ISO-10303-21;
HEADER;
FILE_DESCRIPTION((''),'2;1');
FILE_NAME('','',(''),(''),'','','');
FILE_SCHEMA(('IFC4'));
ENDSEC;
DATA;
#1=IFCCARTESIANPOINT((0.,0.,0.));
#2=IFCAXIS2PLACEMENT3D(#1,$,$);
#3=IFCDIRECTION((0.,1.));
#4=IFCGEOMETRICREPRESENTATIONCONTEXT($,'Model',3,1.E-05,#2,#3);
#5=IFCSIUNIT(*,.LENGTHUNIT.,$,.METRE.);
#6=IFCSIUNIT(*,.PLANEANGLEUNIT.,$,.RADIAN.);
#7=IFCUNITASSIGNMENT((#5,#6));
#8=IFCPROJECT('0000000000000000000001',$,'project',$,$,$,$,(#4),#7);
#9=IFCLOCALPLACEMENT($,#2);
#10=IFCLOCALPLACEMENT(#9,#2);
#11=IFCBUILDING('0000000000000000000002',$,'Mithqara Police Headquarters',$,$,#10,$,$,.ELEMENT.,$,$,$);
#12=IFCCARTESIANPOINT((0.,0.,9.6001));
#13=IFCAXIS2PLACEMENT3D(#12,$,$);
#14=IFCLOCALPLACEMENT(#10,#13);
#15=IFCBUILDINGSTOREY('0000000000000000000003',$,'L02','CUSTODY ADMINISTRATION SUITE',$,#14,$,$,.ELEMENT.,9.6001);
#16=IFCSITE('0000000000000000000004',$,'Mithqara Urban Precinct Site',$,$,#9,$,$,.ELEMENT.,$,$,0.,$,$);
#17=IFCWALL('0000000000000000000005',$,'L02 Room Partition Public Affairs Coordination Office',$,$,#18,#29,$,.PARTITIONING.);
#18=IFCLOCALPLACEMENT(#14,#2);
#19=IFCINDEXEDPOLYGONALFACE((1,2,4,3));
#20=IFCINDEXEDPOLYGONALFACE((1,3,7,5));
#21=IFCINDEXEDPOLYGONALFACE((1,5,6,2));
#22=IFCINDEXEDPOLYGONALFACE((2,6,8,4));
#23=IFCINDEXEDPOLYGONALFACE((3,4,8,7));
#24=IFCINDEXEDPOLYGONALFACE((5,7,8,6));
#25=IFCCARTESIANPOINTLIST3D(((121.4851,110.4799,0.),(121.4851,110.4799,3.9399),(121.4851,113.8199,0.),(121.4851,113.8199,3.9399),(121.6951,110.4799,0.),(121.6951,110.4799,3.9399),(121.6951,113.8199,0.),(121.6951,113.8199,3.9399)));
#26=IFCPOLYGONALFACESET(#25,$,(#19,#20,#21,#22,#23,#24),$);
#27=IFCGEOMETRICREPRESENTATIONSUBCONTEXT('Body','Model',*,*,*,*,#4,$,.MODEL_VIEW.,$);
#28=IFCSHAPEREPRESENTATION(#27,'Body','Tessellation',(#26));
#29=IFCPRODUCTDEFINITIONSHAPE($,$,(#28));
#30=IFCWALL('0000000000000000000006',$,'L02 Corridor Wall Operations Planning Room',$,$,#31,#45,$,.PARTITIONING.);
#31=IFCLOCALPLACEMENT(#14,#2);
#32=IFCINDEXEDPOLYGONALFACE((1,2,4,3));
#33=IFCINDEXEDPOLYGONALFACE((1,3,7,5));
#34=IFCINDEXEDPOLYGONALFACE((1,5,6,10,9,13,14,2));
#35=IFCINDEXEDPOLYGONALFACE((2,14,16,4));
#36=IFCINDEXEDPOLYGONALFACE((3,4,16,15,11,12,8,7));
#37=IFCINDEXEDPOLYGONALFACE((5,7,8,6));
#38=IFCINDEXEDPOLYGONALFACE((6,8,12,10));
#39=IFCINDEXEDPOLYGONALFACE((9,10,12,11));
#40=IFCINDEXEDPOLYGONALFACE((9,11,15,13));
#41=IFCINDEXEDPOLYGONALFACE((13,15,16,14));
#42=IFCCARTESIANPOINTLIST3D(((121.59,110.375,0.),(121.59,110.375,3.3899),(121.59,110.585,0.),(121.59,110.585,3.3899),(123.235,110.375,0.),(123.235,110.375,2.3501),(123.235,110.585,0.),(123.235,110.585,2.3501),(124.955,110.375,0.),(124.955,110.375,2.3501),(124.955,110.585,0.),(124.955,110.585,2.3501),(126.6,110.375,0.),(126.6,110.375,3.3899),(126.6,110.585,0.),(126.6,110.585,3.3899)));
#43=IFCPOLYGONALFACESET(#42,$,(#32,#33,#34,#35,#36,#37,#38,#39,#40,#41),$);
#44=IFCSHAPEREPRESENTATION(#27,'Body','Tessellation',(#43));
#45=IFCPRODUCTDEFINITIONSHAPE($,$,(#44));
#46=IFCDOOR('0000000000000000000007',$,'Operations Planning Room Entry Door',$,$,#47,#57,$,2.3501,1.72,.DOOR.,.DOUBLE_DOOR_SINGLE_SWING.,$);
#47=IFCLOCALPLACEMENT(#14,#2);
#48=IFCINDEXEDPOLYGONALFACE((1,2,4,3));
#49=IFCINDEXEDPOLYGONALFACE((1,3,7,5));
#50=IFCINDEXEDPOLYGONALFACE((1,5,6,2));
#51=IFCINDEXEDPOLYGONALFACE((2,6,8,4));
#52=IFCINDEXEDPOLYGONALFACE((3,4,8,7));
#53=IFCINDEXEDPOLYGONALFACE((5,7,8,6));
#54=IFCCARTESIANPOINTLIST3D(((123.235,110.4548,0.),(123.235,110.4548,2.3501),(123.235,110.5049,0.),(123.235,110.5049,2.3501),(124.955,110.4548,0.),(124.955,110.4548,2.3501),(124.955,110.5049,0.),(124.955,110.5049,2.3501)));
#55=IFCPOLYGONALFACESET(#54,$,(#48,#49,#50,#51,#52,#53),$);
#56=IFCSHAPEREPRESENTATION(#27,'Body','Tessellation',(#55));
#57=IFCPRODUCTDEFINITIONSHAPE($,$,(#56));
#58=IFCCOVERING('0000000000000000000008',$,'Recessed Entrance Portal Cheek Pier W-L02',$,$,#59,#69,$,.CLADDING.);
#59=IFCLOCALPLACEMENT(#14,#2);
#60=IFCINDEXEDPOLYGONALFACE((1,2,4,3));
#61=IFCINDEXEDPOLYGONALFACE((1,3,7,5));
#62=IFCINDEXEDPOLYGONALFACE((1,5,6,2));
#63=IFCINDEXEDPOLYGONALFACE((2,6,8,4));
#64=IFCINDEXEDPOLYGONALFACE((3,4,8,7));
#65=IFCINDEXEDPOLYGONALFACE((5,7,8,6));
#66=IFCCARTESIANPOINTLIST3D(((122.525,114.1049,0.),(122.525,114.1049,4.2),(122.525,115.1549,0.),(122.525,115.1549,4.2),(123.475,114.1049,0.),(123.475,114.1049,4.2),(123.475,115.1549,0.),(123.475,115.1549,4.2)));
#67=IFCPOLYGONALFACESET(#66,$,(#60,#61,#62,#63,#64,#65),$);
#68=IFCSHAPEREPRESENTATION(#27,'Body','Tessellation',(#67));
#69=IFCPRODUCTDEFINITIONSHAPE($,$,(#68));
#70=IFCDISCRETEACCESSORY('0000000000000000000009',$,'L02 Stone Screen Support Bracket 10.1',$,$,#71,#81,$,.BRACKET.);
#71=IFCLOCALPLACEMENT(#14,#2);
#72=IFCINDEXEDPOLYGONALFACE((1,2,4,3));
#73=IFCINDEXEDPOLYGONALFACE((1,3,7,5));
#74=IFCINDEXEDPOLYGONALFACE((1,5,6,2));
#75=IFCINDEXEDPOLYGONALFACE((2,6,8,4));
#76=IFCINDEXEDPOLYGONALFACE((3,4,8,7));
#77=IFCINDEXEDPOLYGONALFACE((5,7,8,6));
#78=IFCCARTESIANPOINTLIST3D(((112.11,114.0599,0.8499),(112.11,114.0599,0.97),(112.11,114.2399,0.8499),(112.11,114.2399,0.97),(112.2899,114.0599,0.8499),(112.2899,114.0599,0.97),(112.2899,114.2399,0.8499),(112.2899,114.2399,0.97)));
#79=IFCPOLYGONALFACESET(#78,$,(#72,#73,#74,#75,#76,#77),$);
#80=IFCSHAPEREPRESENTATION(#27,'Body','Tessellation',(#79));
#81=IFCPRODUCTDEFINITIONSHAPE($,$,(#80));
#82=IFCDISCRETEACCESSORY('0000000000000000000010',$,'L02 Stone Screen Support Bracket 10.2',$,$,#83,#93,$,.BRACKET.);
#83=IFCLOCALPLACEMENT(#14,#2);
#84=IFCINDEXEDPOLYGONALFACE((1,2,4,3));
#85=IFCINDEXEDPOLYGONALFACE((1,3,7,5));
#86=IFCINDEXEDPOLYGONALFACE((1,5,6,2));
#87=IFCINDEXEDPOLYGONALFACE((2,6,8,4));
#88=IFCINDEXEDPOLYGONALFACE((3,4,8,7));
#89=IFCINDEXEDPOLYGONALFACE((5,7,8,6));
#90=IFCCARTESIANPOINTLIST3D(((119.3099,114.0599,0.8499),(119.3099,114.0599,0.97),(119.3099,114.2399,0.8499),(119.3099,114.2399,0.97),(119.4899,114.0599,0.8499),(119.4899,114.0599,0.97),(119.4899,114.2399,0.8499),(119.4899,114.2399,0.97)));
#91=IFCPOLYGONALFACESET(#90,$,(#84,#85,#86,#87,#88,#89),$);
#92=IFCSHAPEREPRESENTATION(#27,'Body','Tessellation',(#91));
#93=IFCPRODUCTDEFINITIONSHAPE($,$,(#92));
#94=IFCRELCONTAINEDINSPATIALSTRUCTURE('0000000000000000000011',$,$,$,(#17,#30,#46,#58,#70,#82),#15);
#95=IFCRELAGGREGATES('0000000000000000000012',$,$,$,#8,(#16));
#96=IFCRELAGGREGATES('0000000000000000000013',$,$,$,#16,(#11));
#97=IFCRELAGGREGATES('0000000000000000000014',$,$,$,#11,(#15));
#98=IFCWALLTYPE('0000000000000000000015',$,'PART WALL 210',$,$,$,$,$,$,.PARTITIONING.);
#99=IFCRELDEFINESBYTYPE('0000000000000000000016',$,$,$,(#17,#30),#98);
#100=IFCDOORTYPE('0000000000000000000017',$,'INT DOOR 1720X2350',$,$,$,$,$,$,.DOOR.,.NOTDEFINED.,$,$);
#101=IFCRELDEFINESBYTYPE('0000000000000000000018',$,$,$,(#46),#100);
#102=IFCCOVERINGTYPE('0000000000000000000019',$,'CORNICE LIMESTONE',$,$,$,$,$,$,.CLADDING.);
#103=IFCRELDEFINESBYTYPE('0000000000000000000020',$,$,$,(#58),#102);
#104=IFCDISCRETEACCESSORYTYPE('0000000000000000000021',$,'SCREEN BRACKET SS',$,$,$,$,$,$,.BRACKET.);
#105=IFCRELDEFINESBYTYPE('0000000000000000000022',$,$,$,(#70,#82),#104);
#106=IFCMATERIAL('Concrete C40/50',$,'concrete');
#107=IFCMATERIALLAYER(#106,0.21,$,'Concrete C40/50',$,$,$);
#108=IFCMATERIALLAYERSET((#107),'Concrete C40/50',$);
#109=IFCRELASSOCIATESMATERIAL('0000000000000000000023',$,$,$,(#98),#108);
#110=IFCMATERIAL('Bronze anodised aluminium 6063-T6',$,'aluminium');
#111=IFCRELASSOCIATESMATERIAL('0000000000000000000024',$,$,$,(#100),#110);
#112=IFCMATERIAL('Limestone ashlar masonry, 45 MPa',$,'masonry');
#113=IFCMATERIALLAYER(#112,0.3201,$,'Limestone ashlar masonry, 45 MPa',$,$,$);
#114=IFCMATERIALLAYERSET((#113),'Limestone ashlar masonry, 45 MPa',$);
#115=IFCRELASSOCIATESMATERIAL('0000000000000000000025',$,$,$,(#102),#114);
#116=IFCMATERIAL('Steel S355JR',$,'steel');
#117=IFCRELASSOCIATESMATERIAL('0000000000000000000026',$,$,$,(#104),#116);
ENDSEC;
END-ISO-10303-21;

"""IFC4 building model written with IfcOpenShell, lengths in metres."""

from ifc_helpers import new_model, si_unit, direction, frame, frame_2d, origin, origin_2d, place, context, subcontext, project, spatial, rectangle, extrude, material, layer, layer_set, type_object, element, fill, save


model = new_model("IFC4")

# Units and contexts
model_context = context("Model", 3, precision=1e-05, world=origin(), true_north=direction((0.0, 1.0)))
body_context = subcontext(model_context, "Body", "Model", "MODEL_VIEW")
ifc_project = project(units=[si_unit("LENGTHUNIT", "METRE"), si_unit("PLANEANGLEUNIT", "RADIAN")], contexts=[model_context])

# Site, building, storey
site_placement = place(None, origin())
site = spatial("IfcSite", under=ifc_project, at=site_placement, Name="Mithqara Urban Precinct Site", CompositionType="ELEMENT", RefElevation=0.0)
building_placement = place(site_placement, origin())
building = spatial("IfcBuilding", under=site, at=building_placement, Name="Mithqara Police Headquarters", CompositionType="ELEMENT")
storey_placement = place(building_placement, frame((0.0, 0.0, 9.6001)))
storey = spatial("IfcBuildingStorey", under=building, at=storey_placement, Name="L02", Description="CUSTODY ADMINISTRATION SUITE", CompositionType="ELEMENT", Elevation=9.6001)

# Shared definitions
ifc_material_1 = material(Name="Steel S355JR", Category="steel")
ifc_material_2 = material(Name="Concrete C40/50", Category="concrete")

# Shared definitions
ifc_material_3 = material(Name="Limestone ashlar masonry, 45 MPa", Category="masonry")

# Shared definitions
ifc_layer_1 = layer(ifc_material_2, 0.21, Name="Concrete C40/50")
ifc_layer_set_1 = layer_set([ifc_layer_1], Name="Concrete C40/50")
wall_type = type_object("IfcWallType", Name="PART WALL 210", PredefinedType="PARTITIONING", material=ifc_layer_set_1)

# Shared definitions
ifc_material_4 = material(Name="Bronze anodised aluminium 6063-T6", Category="aluminium")

# Wall
wall_1_placement = place(storey_placement, frame((121.5901, 110.48, 0.0), z_axis=(0.0, 0.0, 1.0), x_axis=(0.0, 1.0, 0.0)))
element("IfcWall", 1, at=wall_1_placement, inside=storey, type_object=wall_type, Name="L02 Room Partition Public Affairs Coordination Office", PredefinedType="PARTITIONING", context=body_context, shape_type="SweptSolid", body=[
    extrude(rectangle(XDim=3.3401, YDim=0.21, at=frame_2d((1.6699, 0.0))), origin(), (0.0, 0.0, 1.0), 3.9399),
])

# Wall, opening, door
wall_2_placement = place(storey_placement, frame((121.5901, 110.48, 0.0), z_axis=(0.0, 0.0, 1.0), x_axis=(1.0, 0.0, 0.0)))
wall_2 = element("IfcWall", 2, at=wall_2_placement, inside=storey, type_object=wall_type, Name="L02 Corridor Wall Operations Planning Room", PredefinedType="PARTITIONING", context=body_context, shape_type="SweptSolid", body=[
    extrude(rectangle(XDim=5.01, YDim=0.21, at=frame_2d((2.5049, 0.0))), origin(), (0.0, 0.0, 1.0), 3.3899),
])
opening_1_placement = place(wall_2_placement, frame((1.645, 0.0, 0.0)))
opening_1 = element("IfcOpeningElement", 3, at=opening_1_placement, cuts=wall_2, PredefinedType="OPENING", context=body_context, shape_type="SweptSolid", body=[
    extrude(rectangle(XDim=1.72, YDim=2.3501, at=frame_2d((0.8599, 1.175))), frame((0.0, 0.115, 0.0), z_axis=(0.0, -1.0, 0.0), x_axis=(1.0, 0.0, 0.0)), (0.0, 0.0, 1.0), 0.23),
])
door_type_1 = type_object("IfcDoorType", Name="INT DOOR 1720X2350", OperationType="NOTDEFINED", PredefinedType="DOOR", material=ifc_material_4)
door_1_placement = place(opening_1_placement, origin())
door_1 = element("IfcDoor", 4, at=door_1_placement, inside=storey, type_object=door_type_1, Name="Operations Planning Room Entry Door", OperationType="DOUBLE_DOOR_SINGLE_SWING", OverallHeight=2.3501, OverallWidth=1.72, PredefinedType="DOOR", context=body_context, shape_type="SweptSolid", body=[
    extrude(rectangle(XDim=1.72, YDim=2.3501, at=frame_2d((0.8599, 1.175))), frame((0.0, 0.0249, 0.0), z_axis=(0.0, -1.0, 0.0), x_axis=(1.0, 0.0, 0.0)), (0.0, 0.0, 1.0), 0.05),
])
fill(opening_1, door_1)

# Covering
ifc_layer_2 = layer(ifc_material_3, 0.3201, Name="Limestone ashlar masonry, 45 MPa")
ifc_layer_set_2 = layer_set([ifc_layer_2], Name="Limestone ashlar masonry, 45 MPa")
covering_type = type_object("IfcCoveringType", Name="CORNICE LIMESTONE", PredefinedType="CLADDING", material=ifc_layer_set_2)
covering_placement = place(storey_placement, frame((123.0, 114.6299, 0.0), z_axis=(0.0, 0.0, 1.0), x_axis=(1.0, 0.0, 0.0)))
element("IfcCovering", 5, at=covering_placement, inside=storey, type_object=covering_type, Name="Recessed Entrance Portal Cheek Pier W-L02", PredefinedType="CLADDING", context=body_context, shape_type="SweptSolid", body=[
    extrude(rectangle(XDim=0.95, YDim=1.05, at=origin_2d()), origin(), (0.0, 0.0, 1.0), 4.2),
])

# Discrete accessories
discrete_accessory_type = type_object("IfcDiscreteAccessoryType", Name="SCREEN BRACKET SS", PredefinedType="BRACKET", material=ifc_material_1)
for number, where, z_axis, x_axis, name in (
    (6, (112.2, 114.1499, 0.8499), (0.0, 0.0, 1.0), (1.0, 0.0, 0.0), "L02 Stone Screen Support Bracket 10.1"),
    (7, (119.3999, 114.1499, 0.8499), (0.0, 0.0, 1.0), (1.0, 0.0, 0.0), "L02 Stone Screen Support Bracket 10.2"),
):
    element("IfcDiscreteAccessory", number, at=place(storey_placement, frame(where, z_axis=z_axis, x_axis=x_axis)), inside=storey, type_object=discrete_accessory_type, Name=name, PredefinedType="BRACKET", context=body_context, shape_type="SweptSolid", body=[
        extrude(rectangle(XDim=0.1799, YDim=0.1799, at=origin_2d()), origin(), (0.0, 0.0, 1.0), 0.1201),
    ])

save(model, "model.ifc")
